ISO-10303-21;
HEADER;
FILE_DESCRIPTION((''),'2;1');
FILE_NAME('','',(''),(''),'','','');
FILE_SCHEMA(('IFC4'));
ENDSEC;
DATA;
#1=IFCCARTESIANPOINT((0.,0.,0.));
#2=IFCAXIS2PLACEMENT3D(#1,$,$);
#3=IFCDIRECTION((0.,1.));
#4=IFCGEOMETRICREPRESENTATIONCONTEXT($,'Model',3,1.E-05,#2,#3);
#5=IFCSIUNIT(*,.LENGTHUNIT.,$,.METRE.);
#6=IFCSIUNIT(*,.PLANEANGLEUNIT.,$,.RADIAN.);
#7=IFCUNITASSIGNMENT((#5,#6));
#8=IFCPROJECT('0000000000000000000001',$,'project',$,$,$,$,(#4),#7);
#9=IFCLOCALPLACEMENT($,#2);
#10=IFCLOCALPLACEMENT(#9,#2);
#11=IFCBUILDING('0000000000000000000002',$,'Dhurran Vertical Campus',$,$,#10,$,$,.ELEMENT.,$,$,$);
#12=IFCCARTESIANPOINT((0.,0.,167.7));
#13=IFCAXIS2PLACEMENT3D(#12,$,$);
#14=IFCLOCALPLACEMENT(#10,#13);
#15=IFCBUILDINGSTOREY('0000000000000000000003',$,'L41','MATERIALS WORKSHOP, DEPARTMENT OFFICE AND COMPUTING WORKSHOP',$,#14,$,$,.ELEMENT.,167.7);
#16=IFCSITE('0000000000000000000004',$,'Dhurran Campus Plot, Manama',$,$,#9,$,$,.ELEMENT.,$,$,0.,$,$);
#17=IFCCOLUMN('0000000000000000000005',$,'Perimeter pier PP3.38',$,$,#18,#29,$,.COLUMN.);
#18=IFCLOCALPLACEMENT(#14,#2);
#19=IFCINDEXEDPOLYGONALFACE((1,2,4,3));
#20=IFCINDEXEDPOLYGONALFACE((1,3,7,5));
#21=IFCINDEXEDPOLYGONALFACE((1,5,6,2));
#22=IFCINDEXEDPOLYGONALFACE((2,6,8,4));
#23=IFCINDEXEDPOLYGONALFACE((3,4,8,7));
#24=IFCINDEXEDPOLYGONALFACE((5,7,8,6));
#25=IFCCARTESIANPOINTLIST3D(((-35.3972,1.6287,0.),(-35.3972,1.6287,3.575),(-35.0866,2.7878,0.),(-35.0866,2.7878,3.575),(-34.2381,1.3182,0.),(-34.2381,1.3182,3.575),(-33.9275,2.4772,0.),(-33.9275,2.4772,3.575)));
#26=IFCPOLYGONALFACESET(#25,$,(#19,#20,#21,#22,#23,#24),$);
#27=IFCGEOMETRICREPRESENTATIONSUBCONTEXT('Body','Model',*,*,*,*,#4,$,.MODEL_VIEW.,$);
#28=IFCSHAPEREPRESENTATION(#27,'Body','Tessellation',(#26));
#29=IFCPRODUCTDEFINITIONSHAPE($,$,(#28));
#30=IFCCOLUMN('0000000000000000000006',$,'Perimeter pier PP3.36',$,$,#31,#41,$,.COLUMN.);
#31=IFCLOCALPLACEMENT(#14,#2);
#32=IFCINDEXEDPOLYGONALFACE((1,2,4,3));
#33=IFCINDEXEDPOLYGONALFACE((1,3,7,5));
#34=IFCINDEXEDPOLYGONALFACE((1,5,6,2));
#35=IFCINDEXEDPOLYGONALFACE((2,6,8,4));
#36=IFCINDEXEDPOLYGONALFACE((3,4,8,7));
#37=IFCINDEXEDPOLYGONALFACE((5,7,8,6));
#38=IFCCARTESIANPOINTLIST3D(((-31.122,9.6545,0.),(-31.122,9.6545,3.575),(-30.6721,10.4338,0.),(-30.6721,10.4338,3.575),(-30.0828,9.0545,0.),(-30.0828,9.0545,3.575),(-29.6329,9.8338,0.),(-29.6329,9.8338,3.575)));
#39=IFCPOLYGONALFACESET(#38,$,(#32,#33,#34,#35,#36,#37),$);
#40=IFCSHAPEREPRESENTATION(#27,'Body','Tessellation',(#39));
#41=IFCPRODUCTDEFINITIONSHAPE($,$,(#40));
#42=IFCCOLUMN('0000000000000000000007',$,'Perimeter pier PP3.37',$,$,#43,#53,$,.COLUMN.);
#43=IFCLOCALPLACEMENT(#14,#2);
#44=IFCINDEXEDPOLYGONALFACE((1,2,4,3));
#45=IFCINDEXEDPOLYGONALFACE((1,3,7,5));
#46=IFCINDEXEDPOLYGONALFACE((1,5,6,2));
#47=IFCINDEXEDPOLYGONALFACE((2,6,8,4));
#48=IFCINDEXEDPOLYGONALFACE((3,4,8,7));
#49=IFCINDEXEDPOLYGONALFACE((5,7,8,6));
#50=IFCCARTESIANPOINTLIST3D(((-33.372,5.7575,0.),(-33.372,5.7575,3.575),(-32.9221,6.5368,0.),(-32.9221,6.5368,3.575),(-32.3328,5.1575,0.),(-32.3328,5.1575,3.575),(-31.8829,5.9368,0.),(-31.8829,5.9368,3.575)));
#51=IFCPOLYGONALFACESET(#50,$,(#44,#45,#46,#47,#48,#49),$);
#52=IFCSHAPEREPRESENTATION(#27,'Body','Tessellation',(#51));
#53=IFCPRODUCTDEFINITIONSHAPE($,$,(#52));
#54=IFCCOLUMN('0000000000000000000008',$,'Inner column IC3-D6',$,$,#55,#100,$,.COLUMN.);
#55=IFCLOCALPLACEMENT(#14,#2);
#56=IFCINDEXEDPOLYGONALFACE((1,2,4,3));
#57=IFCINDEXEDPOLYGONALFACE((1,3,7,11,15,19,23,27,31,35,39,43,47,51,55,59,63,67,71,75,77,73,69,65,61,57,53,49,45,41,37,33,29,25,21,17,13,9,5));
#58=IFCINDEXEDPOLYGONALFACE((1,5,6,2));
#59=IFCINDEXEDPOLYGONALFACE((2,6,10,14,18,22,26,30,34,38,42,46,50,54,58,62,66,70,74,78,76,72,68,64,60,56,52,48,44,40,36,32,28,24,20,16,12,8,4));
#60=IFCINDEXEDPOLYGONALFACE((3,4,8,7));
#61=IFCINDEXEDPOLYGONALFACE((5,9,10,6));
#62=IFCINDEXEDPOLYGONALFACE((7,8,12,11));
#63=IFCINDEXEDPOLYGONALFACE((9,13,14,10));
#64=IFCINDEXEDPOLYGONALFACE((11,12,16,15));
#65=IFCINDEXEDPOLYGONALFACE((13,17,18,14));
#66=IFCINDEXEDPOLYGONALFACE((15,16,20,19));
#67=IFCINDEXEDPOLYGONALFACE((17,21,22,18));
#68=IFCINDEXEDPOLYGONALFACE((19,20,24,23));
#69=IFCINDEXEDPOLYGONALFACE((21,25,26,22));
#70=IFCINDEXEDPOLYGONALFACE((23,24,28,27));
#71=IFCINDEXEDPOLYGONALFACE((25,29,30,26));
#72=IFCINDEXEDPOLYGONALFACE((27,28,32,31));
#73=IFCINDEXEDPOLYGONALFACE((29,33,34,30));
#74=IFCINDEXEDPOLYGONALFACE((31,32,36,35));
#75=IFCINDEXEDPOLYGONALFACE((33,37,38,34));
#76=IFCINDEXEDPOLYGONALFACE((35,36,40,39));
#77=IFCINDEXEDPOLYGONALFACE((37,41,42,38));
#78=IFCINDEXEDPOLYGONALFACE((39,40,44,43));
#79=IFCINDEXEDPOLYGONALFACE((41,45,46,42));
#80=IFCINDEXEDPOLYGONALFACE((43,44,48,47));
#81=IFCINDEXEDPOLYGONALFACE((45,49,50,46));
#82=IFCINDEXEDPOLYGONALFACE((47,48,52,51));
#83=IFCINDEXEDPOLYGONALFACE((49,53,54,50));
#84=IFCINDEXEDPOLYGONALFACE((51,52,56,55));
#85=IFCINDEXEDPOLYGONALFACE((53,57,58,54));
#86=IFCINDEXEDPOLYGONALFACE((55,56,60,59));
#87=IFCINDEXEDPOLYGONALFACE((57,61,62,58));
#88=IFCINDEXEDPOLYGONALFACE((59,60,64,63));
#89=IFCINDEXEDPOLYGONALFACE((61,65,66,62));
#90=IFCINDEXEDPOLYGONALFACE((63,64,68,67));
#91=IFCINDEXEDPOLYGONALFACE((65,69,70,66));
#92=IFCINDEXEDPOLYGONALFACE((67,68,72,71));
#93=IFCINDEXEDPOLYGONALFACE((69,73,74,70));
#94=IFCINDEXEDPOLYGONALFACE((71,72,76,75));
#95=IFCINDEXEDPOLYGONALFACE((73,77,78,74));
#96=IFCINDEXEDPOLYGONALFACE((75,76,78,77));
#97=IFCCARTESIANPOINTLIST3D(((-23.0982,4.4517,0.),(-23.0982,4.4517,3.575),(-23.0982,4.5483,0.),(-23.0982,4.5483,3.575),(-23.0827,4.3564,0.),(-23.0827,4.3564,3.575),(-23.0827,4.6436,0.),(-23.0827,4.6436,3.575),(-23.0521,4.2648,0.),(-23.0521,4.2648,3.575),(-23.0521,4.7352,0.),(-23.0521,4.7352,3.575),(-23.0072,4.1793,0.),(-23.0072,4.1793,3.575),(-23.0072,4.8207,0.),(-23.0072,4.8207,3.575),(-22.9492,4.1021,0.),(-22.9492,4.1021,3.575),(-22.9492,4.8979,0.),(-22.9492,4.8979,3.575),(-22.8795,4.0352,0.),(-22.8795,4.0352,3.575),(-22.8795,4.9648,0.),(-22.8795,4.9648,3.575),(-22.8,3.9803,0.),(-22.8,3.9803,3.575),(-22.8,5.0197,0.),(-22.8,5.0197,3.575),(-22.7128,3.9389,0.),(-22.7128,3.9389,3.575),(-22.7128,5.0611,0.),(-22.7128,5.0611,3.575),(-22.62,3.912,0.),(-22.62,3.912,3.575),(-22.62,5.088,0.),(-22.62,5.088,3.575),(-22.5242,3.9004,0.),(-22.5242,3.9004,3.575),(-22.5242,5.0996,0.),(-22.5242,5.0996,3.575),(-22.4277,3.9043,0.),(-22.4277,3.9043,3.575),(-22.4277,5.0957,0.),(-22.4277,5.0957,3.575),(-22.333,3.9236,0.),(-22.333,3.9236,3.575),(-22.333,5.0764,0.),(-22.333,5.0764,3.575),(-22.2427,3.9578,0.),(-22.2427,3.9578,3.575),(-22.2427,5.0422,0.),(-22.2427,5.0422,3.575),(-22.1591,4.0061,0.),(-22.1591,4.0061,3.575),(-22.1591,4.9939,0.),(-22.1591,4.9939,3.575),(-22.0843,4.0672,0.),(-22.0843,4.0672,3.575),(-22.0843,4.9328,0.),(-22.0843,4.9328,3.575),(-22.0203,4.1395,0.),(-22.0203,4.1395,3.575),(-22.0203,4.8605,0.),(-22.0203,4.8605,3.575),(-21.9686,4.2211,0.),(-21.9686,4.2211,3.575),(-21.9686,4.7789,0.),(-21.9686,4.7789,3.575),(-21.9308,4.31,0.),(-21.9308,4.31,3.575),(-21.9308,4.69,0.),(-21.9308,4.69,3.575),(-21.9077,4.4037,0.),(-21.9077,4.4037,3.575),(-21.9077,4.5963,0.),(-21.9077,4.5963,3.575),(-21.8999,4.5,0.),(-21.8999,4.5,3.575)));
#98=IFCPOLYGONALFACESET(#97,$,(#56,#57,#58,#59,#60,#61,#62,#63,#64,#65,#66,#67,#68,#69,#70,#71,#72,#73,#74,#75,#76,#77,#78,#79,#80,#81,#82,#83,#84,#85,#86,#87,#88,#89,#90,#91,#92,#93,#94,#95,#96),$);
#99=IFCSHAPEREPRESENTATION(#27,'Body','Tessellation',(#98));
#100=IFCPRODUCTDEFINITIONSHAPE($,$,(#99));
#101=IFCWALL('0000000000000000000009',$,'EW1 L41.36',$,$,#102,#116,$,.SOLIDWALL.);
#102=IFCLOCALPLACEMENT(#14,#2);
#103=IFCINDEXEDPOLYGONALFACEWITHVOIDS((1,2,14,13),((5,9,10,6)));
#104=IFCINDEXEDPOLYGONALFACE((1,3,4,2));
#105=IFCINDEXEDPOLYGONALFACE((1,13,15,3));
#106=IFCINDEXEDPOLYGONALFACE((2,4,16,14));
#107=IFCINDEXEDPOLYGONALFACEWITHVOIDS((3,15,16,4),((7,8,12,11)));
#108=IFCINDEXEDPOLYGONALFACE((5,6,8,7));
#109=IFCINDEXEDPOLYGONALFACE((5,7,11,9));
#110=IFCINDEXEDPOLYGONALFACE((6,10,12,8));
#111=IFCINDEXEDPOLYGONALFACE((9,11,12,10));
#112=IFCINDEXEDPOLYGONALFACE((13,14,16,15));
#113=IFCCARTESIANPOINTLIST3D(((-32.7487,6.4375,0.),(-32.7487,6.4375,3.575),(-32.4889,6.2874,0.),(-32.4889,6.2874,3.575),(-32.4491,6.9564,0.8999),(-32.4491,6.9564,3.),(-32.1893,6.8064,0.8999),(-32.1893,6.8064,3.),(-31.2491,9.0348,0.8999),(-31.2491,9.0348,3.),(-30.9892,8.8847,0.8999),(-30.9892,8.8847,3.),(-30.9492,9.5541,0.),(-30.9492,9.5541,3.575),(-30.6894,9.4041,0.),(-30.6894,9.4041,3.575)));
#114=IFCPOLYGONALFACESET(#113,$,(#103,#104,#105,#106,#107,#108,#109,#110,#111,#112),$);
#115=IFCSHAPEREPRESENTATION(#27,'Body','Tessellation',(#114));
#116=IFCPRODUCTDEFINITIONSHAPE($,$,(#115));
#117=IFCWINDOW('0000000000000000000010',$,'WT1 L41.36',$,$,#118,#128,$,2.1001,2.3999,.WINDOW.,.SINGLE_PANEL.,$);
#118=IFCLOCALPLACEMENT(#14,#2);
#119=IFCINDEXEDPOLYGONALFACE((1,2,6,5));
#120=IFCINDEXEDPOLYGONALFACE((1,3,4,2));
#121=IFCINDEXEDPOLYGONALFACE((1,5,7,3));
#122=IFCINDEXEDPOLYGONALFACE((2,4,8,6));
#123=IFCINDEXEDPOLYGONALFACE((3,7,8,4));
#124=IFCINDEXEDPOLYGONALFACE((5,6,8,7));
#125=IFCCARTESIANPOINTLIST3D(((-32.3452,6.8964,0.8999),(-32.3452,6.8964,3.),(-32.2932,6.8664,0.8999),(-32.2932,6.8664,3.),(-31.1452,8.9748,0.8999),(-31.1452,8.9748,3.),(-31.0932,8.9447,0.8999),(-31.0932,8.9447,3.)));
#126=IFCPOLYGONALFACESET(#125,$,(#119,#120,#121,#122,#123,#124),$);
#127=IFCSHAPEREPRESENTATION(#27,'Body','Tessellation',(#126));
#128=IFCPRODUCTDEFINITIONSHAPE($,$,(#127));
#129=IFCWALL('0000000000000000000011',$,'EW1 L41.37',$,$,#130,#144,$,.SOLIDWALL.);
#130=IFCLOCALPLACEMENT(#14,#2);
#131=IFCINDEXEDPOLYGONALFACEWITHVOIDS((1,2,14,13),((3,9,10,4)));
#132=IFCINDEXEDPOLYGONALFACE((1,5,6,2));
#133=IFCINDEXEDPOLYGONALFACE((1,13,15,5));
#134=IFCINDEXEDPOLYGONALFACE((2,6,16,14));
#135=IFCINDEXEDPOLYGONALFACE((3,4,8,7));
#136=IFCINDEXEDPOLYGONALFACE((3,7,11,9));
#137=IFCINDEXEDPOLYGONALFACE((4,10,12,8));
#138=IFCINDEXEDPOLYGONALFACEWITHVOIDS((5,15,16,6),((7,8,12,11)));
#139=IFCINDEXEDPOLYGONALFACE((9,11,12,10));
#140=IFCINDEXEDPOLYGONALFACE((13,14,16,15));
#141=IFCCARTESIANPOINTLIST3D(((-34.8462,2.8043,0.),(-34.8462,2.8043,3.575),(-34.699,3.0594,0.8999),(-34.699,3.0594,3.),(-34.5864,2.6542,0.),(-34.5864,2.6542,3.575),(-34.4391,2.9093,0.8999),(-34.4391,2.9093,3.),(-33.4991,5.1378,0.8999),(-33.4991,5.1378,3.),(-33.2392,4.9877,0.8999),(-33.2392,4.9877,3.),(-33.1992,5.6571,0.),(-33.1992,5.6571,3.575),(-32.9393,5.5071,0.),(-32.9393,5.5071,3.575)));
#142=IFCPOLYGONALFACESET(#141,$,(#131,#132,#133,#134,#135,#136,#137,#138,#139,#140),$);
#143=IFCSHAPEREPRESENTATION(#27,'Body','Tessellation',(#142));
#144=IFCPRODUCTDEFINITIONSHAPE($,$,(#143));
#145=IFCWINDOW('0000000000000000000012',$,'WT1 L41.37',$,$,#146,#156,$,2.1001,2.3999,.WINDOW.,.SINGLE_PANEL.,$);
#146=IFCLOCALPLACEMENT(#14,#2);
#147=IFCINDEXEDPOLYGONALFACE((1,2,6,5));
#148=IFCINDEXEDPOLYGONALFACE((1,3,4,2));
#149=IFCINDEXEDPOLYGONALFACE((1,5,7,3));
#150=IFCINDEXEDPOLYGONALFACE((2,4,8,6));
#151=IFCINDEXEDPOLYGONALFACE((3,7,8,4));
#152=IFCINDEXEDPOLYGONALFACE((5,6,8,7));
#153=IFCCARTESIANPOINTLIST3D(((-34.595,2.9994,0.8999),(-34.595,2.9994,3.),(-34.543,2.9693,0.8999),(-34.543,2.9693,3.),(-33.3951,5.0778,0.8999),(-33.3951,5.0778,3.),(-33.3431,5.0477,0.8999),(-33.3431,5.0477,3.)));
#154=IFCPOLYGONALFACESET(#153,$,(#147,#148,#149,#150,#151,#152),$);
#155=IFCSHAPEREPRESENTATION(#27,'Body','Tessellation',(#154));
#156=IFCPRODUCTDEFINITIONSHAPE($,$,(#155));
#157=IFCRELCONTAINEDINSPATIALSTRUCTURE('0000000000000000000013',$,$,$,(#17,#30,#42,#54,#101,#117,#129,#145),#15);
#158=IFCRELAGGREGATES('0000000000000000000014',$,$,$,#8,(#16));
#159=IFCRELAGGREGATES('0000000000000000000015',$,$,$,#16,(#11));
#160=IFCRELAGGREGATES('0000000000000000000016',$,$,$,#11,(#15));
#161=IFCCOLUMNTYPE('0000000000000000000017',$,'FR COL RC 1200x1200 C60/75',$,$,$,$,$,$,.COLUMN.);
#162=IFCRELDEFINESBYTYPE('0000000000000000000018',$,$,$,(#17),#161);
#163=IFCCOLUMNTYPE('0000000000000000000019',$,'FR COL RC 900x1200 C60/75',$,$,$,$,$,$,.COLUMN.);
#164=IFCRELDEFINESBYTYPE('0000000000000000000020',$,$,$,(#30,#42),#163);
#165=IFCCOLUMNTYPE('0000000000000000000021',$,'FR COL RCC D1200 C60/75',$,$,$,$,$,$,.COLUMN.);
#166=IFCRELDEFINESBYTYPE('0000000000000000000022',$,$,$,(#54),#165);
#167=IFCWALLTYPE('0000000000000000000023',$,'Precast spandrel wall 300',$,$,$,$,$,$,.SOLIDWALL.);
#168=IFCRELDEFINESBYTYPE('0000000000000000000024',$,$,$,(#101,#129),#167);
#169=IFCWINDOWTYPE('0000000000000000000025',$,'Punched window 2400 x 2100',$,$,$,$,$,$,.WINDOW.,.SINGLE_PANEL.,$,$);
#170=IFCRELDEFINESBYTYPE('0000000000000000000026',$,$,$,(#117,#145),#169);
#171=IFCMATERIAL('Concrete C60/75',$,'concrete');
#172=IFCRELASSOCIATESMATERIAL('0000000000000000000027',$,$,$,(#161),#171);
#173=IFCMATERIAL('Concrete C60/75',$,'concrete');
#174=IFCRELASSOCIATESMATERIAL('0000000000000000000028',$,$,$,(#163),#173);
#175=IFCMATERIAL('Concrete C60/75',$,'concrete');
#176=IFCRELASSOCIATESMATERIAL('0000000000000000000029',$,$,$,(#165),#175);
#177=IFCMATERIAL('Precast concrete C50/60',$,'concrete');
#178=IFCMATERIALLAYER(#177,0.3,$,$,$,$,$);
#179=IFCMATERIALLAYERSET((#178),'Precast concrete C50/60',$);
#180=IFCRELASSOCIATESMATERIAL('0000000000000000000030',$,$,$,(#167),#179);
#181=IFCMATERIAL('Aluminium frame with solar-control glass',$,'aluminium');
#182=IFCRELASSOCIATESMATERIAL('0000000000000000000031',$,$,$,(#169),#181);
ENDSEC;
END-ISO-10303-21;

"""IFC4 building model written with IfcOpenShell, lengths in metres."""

from ifc_helpers import new_model, si_unit, direction, frame, frame_2d, origin, origin_2d, place, context, subcontext, project, spatial, rectangle, circle, extrude, material, layer, layer_set, material_profile, profile_set, type_object, element, fill, save


model = new_model("IFC4")

# Units and contexts
model_context = context("Model", 3, precision=1e-05, world=origin(), true_north=direction((0.0, 1.0)))
body_context = subcontext(model_context, "Body", "Model", "MODEL_VIEW")
ifc_project = project(units=[si_unit("LENGTHUNIT", "METRE"), si_unit("PLANEANGLEUNIT", "RADIAN")], contexts=[model_context])

# Site, building, storey
site_placement = place(None, origin())
site = spatial("IfcSite", under=ifc_project, at=site_placement, Name="Dhurran Campus Plot, Manama", CompositionType="ELEMENT", RefElevation=0.0)
building_placement = place(site_placement, origin())
building = spatial("IfcBuilding", under=site, at=building_placement, Name="Dhurran Vertical Campus", CompositionType="ELEMENT")
storey_placement = place(building_placement, frame((0.0, 0.0, 167.7)))
storey = spatial("IfcBuildingStorey", under=building, at=storey_placement, Name="L41", Description="MATERIALS WORKSHOP, DEPARTMENT OFFICE AND COMPUTING WORKSHOP", CompositionType="ELEMENT", Elevation=167.7)

# Columns
ifc_material_1 = material(Name="Concrete C60/75", Category="concrete")
ifc_material_profile_1 = material_profile(ifc_material_1, rectangle(XDim=1.2, YDim=1.2, at=origin_2d()), Name="RC 1200x1200")
ifc_profile_set_1 = profile_set([ifc_material_profile_1], Name="Concrete C60/75")
column_type_1 = type_object("IfcColumnType", Name="FR COL RC 1200x1200 C60/75", PredefinedType="COLUMN", material=ifc_profile_set_1)
column_1_placement = place(storey_placement, frame((-34.6624, 2.053, 0.0), z_axis=(0.0, 0.0, 1.0), x_axis=(-0.258819, -0.965926, 0.0)))
element("IfcColumn", 1, at=column_1_placement, inside=storey, type_object=column_type_1, Name="Perimeter pier PP3.38", PredefinedType="COLUMN", context=body_context, shape_type="SweptSolid", body=[
    extrude(rectangle(XDim=1.2, YDim=1.2, at=origin_2d()), origin(), (0.0, 0.0, 1.0), 3.575),
])
ifc_material_2 = material(Name="Concrete C60/75", Category="concrete")
ifc_material_profile_2 = material_profile(ifc_material_2, rectangle(XDim=0.8999, YDim=1.2, at=origin_2d()), Name="RC 900x1200")
ifc_profile_set_2 = profile_set([ifc_material_profile_2], Name="Concrete C60/75")
column_type_2 = type_object("IfcColumnType", Name="FR COL RC 900x1200 C60/75", PredefinedType="COLUMN", material=ifc_profile_set_2)
for number, where, z_axis, x_axis, name in (
    (2, (-30.3774, 9.7441, 0.0), (0.0, 0.0, 1.0), (-0.5, -0.866025, 0.0), "Perimeter pier PP3.36"),
    (3, (-32.6274, 5.8472, 0.0), (0.0, 0.0, 1.0), (-0.5, -0.866025, 0.0), "Perimeter pier PP3.37"),
):
    element("IfcColumn", number, at=place(storey_placement, frame(where, z_axis=z_axis, x_axis=x_axis)), inside=storey, type_object=column_type_2, Name=name, PredefinedType="COLUMN", context=body_context, shape_type="SweptSolid", body=[
        extrude(rectangle(XDim=0.8999, YDim=1.2, at=origin_2d()), origin(), (0.0, 0.0, 1.0), 3.575),
    ])
ifc_material_3 = material(Name="Concrete C60/75", Category="concrete")
ifc_material_profile_3 = material_profile(ifc_material_3, circle(Radius=0.6001, at=origin_2d()), Name="RCC D1200")
ifc_profile_set_3 = profile_set([ifc_material_profile_3], Name="Concrete C60/75")
column_type_3 = type_object("IfcColumnType", Name="FR COL RCC D1200 C60/75", PredefinedType="COLUMN", material=ifc_profile_set_3)
column_2_placement = place(storey_placement, frame((-22.5, 4.5, 0.0), z_axis=(0.0, 0.0, 1.0), x_axis=(1.0, 0.0, 0.0)))
element("IfcColumn", 4, at=column_2_placement, inside=storey, type_object=column_type_3, Name="Inner column IC3-D6", PredefinedType="COLUMN", context=body_context, shape_type="SweptSolid", body=[
    extrude(circle(Radius=0.6001, at=origin_2d()), origin(), (0.0, 0.0, 1.0), 3.575),
])

# Walls, openings, windows
ifc_material_4 = material(Name="Precast concrete C50/60", Category="concrete")
ifc_layer_1 = layer(ifc_material_4, 0.3)
ifc_layer_set_1 = layer_set([ifc_layer_1], Name="Precast concrete C50/60")
wall_type_1 = type_object("IfcWallType", Name="Precast spandrel wall 300", PredefinedType="SOLIDWALL", material=ifc_layer_set_1)
wall_1_placement = place(storey_placement, frame((-30.8193, 9.479, 0.0), z_axis=(0.0, 0.0, 1.0), x_axis=(-0.500028, -0.866009, 0.0)))
wall_1 = element("IfcWall", 5, at=wall_1_placement, inside=storey, type_object=wall_type_1, Name="EW1 L41.36", PredefinedType="SOLIDWALL", context=body_context, shape_type="SweptSolid", body=[
    extrude(rectangle(XDim=3.5989, YDim=0.3, at=frame_2d((1.7993, 0.0))), origin(), (0.0, 0.0, 1.0), 3.575),
])
opening_1_placement = place(wall_1_placement, frame((0.5996, 0.0, 0.8999)))
opening_1 = element("IfcOpeningElement", 6, at=opening_1_placement, cuts=wall_1, PredefinedType="OPENING", context=body_context, shape_type="SweptSolid", body=[
    extrude(rectangle(XDim=2.3999, YDim=2.1001, at=frame_2d((1.2, 1.05))), frame((0.0, 0.1599, 0.0), z_axis=(0.0, -1.0, 0.0), x_axis=(1.0, 0.0, 0.0)), (0.0, 0.0, 1.0), 0.3201),
])
ifc_material_5 = material(Name="Aluminium frame with solar-control glass", Category="aluminium")
window_type = type_object("IfcWindowType", Name="Punched window 2400 x 2100", PartitioningType="SINGLE_PANEL", PredefinedType="WINDOW", material=ifc_material_5)
window_1_placement = place(opening_1_placement, origin())
window_1 = element("IfcWindow", 7, at=window_1_placement, inside=storey, type_object=window_type, Name="WT1 L41.36", OverallHeight=2.1001, OverallWidth=2.3999, PartitioningType="SINGLE_PANEL", PredefinedType="WINDOW", context=body_context, shape_type="SweptSolid", body=[
    extrude(rectangle(XDim=2.3999, YDim=2.1001, at=frame_2d((1.2, 1.05))), frame((0.0, 0.03, 0.0), z_axis=(0.0, -1.0, 0.0), x_axis=(1.0, 0.0, 0.0)), (0.0, 0.0, 1.0), 0.0601),
])
fill(opening_1, window_1)
wall_2_placement = place(storey_placement, frame((-33.0693, 5.582, 0.0), z_axis=(0.0, 0.0, 1.0), x_axis=(-0.499981, -0.866036, 0.0)))
wall_2 = element("IfcWall", 8, at=wall_2_placement, inside=storey, type_object=wall_type_1, Name="EW1 L41.37", PredefinedType="SOLIDWALL", context=body_context, shape_type="SweptSolid", body=[
    extrude(rectangle(XDim=3.2942, YDim=0.3, at=frame_2d((1.647, 0.0))), origin(), (0.0, 0.0, 1.0), 3.575),
])
opening_2_placement = place(wall_2_placement, frame((0.5996, 0.0, 0.8999)))
opening_2 = element("IfcOpeningElement", 9, at=opening_2_placement, cuts=wall_2, PredefinedType="OPENING", context=body_context, shape_type="SweptSolid", body=[
    extrude(rectangle(XDim=2.3999, YDim=2.1001, at=frame_2d((1.2, 1.05))), frame((0.0, 0.1599, 0.0), z_axis=(0.0, -1.0, 0.0), x_axis=(1.0, 0.0, 0.0)), (0.0, 0.0, 1.0), 0.3201),
])
window_2_placement = place(opening_2_placement, origin())
window_2 = element("IfcWindow", 10, at=window_2_placement, inside=storey, type_object=window_type, Name="WT1 L41.37", OverallHeight=2.1001, OverallWidth=2.3999, PartitioningType="SINGLE_PANEL", PredefinedType="WINDOW", context=body_context, shape_type="SweptSolid", body=[
    extrude(rectangle(XDim=2.3999, YDim=2.1001, at=frame_2d((1.2, 1.05))), frame((0.0, 0.03, 0.0), z_axis=(0.0, -1.0, 0.0), x_axis=(1.0, 0.0, 0.0)), (0.0, 0.0, 1.0), 0.0601),
])
fill(opening_2, window_2)

save(model, "model.ifc")
